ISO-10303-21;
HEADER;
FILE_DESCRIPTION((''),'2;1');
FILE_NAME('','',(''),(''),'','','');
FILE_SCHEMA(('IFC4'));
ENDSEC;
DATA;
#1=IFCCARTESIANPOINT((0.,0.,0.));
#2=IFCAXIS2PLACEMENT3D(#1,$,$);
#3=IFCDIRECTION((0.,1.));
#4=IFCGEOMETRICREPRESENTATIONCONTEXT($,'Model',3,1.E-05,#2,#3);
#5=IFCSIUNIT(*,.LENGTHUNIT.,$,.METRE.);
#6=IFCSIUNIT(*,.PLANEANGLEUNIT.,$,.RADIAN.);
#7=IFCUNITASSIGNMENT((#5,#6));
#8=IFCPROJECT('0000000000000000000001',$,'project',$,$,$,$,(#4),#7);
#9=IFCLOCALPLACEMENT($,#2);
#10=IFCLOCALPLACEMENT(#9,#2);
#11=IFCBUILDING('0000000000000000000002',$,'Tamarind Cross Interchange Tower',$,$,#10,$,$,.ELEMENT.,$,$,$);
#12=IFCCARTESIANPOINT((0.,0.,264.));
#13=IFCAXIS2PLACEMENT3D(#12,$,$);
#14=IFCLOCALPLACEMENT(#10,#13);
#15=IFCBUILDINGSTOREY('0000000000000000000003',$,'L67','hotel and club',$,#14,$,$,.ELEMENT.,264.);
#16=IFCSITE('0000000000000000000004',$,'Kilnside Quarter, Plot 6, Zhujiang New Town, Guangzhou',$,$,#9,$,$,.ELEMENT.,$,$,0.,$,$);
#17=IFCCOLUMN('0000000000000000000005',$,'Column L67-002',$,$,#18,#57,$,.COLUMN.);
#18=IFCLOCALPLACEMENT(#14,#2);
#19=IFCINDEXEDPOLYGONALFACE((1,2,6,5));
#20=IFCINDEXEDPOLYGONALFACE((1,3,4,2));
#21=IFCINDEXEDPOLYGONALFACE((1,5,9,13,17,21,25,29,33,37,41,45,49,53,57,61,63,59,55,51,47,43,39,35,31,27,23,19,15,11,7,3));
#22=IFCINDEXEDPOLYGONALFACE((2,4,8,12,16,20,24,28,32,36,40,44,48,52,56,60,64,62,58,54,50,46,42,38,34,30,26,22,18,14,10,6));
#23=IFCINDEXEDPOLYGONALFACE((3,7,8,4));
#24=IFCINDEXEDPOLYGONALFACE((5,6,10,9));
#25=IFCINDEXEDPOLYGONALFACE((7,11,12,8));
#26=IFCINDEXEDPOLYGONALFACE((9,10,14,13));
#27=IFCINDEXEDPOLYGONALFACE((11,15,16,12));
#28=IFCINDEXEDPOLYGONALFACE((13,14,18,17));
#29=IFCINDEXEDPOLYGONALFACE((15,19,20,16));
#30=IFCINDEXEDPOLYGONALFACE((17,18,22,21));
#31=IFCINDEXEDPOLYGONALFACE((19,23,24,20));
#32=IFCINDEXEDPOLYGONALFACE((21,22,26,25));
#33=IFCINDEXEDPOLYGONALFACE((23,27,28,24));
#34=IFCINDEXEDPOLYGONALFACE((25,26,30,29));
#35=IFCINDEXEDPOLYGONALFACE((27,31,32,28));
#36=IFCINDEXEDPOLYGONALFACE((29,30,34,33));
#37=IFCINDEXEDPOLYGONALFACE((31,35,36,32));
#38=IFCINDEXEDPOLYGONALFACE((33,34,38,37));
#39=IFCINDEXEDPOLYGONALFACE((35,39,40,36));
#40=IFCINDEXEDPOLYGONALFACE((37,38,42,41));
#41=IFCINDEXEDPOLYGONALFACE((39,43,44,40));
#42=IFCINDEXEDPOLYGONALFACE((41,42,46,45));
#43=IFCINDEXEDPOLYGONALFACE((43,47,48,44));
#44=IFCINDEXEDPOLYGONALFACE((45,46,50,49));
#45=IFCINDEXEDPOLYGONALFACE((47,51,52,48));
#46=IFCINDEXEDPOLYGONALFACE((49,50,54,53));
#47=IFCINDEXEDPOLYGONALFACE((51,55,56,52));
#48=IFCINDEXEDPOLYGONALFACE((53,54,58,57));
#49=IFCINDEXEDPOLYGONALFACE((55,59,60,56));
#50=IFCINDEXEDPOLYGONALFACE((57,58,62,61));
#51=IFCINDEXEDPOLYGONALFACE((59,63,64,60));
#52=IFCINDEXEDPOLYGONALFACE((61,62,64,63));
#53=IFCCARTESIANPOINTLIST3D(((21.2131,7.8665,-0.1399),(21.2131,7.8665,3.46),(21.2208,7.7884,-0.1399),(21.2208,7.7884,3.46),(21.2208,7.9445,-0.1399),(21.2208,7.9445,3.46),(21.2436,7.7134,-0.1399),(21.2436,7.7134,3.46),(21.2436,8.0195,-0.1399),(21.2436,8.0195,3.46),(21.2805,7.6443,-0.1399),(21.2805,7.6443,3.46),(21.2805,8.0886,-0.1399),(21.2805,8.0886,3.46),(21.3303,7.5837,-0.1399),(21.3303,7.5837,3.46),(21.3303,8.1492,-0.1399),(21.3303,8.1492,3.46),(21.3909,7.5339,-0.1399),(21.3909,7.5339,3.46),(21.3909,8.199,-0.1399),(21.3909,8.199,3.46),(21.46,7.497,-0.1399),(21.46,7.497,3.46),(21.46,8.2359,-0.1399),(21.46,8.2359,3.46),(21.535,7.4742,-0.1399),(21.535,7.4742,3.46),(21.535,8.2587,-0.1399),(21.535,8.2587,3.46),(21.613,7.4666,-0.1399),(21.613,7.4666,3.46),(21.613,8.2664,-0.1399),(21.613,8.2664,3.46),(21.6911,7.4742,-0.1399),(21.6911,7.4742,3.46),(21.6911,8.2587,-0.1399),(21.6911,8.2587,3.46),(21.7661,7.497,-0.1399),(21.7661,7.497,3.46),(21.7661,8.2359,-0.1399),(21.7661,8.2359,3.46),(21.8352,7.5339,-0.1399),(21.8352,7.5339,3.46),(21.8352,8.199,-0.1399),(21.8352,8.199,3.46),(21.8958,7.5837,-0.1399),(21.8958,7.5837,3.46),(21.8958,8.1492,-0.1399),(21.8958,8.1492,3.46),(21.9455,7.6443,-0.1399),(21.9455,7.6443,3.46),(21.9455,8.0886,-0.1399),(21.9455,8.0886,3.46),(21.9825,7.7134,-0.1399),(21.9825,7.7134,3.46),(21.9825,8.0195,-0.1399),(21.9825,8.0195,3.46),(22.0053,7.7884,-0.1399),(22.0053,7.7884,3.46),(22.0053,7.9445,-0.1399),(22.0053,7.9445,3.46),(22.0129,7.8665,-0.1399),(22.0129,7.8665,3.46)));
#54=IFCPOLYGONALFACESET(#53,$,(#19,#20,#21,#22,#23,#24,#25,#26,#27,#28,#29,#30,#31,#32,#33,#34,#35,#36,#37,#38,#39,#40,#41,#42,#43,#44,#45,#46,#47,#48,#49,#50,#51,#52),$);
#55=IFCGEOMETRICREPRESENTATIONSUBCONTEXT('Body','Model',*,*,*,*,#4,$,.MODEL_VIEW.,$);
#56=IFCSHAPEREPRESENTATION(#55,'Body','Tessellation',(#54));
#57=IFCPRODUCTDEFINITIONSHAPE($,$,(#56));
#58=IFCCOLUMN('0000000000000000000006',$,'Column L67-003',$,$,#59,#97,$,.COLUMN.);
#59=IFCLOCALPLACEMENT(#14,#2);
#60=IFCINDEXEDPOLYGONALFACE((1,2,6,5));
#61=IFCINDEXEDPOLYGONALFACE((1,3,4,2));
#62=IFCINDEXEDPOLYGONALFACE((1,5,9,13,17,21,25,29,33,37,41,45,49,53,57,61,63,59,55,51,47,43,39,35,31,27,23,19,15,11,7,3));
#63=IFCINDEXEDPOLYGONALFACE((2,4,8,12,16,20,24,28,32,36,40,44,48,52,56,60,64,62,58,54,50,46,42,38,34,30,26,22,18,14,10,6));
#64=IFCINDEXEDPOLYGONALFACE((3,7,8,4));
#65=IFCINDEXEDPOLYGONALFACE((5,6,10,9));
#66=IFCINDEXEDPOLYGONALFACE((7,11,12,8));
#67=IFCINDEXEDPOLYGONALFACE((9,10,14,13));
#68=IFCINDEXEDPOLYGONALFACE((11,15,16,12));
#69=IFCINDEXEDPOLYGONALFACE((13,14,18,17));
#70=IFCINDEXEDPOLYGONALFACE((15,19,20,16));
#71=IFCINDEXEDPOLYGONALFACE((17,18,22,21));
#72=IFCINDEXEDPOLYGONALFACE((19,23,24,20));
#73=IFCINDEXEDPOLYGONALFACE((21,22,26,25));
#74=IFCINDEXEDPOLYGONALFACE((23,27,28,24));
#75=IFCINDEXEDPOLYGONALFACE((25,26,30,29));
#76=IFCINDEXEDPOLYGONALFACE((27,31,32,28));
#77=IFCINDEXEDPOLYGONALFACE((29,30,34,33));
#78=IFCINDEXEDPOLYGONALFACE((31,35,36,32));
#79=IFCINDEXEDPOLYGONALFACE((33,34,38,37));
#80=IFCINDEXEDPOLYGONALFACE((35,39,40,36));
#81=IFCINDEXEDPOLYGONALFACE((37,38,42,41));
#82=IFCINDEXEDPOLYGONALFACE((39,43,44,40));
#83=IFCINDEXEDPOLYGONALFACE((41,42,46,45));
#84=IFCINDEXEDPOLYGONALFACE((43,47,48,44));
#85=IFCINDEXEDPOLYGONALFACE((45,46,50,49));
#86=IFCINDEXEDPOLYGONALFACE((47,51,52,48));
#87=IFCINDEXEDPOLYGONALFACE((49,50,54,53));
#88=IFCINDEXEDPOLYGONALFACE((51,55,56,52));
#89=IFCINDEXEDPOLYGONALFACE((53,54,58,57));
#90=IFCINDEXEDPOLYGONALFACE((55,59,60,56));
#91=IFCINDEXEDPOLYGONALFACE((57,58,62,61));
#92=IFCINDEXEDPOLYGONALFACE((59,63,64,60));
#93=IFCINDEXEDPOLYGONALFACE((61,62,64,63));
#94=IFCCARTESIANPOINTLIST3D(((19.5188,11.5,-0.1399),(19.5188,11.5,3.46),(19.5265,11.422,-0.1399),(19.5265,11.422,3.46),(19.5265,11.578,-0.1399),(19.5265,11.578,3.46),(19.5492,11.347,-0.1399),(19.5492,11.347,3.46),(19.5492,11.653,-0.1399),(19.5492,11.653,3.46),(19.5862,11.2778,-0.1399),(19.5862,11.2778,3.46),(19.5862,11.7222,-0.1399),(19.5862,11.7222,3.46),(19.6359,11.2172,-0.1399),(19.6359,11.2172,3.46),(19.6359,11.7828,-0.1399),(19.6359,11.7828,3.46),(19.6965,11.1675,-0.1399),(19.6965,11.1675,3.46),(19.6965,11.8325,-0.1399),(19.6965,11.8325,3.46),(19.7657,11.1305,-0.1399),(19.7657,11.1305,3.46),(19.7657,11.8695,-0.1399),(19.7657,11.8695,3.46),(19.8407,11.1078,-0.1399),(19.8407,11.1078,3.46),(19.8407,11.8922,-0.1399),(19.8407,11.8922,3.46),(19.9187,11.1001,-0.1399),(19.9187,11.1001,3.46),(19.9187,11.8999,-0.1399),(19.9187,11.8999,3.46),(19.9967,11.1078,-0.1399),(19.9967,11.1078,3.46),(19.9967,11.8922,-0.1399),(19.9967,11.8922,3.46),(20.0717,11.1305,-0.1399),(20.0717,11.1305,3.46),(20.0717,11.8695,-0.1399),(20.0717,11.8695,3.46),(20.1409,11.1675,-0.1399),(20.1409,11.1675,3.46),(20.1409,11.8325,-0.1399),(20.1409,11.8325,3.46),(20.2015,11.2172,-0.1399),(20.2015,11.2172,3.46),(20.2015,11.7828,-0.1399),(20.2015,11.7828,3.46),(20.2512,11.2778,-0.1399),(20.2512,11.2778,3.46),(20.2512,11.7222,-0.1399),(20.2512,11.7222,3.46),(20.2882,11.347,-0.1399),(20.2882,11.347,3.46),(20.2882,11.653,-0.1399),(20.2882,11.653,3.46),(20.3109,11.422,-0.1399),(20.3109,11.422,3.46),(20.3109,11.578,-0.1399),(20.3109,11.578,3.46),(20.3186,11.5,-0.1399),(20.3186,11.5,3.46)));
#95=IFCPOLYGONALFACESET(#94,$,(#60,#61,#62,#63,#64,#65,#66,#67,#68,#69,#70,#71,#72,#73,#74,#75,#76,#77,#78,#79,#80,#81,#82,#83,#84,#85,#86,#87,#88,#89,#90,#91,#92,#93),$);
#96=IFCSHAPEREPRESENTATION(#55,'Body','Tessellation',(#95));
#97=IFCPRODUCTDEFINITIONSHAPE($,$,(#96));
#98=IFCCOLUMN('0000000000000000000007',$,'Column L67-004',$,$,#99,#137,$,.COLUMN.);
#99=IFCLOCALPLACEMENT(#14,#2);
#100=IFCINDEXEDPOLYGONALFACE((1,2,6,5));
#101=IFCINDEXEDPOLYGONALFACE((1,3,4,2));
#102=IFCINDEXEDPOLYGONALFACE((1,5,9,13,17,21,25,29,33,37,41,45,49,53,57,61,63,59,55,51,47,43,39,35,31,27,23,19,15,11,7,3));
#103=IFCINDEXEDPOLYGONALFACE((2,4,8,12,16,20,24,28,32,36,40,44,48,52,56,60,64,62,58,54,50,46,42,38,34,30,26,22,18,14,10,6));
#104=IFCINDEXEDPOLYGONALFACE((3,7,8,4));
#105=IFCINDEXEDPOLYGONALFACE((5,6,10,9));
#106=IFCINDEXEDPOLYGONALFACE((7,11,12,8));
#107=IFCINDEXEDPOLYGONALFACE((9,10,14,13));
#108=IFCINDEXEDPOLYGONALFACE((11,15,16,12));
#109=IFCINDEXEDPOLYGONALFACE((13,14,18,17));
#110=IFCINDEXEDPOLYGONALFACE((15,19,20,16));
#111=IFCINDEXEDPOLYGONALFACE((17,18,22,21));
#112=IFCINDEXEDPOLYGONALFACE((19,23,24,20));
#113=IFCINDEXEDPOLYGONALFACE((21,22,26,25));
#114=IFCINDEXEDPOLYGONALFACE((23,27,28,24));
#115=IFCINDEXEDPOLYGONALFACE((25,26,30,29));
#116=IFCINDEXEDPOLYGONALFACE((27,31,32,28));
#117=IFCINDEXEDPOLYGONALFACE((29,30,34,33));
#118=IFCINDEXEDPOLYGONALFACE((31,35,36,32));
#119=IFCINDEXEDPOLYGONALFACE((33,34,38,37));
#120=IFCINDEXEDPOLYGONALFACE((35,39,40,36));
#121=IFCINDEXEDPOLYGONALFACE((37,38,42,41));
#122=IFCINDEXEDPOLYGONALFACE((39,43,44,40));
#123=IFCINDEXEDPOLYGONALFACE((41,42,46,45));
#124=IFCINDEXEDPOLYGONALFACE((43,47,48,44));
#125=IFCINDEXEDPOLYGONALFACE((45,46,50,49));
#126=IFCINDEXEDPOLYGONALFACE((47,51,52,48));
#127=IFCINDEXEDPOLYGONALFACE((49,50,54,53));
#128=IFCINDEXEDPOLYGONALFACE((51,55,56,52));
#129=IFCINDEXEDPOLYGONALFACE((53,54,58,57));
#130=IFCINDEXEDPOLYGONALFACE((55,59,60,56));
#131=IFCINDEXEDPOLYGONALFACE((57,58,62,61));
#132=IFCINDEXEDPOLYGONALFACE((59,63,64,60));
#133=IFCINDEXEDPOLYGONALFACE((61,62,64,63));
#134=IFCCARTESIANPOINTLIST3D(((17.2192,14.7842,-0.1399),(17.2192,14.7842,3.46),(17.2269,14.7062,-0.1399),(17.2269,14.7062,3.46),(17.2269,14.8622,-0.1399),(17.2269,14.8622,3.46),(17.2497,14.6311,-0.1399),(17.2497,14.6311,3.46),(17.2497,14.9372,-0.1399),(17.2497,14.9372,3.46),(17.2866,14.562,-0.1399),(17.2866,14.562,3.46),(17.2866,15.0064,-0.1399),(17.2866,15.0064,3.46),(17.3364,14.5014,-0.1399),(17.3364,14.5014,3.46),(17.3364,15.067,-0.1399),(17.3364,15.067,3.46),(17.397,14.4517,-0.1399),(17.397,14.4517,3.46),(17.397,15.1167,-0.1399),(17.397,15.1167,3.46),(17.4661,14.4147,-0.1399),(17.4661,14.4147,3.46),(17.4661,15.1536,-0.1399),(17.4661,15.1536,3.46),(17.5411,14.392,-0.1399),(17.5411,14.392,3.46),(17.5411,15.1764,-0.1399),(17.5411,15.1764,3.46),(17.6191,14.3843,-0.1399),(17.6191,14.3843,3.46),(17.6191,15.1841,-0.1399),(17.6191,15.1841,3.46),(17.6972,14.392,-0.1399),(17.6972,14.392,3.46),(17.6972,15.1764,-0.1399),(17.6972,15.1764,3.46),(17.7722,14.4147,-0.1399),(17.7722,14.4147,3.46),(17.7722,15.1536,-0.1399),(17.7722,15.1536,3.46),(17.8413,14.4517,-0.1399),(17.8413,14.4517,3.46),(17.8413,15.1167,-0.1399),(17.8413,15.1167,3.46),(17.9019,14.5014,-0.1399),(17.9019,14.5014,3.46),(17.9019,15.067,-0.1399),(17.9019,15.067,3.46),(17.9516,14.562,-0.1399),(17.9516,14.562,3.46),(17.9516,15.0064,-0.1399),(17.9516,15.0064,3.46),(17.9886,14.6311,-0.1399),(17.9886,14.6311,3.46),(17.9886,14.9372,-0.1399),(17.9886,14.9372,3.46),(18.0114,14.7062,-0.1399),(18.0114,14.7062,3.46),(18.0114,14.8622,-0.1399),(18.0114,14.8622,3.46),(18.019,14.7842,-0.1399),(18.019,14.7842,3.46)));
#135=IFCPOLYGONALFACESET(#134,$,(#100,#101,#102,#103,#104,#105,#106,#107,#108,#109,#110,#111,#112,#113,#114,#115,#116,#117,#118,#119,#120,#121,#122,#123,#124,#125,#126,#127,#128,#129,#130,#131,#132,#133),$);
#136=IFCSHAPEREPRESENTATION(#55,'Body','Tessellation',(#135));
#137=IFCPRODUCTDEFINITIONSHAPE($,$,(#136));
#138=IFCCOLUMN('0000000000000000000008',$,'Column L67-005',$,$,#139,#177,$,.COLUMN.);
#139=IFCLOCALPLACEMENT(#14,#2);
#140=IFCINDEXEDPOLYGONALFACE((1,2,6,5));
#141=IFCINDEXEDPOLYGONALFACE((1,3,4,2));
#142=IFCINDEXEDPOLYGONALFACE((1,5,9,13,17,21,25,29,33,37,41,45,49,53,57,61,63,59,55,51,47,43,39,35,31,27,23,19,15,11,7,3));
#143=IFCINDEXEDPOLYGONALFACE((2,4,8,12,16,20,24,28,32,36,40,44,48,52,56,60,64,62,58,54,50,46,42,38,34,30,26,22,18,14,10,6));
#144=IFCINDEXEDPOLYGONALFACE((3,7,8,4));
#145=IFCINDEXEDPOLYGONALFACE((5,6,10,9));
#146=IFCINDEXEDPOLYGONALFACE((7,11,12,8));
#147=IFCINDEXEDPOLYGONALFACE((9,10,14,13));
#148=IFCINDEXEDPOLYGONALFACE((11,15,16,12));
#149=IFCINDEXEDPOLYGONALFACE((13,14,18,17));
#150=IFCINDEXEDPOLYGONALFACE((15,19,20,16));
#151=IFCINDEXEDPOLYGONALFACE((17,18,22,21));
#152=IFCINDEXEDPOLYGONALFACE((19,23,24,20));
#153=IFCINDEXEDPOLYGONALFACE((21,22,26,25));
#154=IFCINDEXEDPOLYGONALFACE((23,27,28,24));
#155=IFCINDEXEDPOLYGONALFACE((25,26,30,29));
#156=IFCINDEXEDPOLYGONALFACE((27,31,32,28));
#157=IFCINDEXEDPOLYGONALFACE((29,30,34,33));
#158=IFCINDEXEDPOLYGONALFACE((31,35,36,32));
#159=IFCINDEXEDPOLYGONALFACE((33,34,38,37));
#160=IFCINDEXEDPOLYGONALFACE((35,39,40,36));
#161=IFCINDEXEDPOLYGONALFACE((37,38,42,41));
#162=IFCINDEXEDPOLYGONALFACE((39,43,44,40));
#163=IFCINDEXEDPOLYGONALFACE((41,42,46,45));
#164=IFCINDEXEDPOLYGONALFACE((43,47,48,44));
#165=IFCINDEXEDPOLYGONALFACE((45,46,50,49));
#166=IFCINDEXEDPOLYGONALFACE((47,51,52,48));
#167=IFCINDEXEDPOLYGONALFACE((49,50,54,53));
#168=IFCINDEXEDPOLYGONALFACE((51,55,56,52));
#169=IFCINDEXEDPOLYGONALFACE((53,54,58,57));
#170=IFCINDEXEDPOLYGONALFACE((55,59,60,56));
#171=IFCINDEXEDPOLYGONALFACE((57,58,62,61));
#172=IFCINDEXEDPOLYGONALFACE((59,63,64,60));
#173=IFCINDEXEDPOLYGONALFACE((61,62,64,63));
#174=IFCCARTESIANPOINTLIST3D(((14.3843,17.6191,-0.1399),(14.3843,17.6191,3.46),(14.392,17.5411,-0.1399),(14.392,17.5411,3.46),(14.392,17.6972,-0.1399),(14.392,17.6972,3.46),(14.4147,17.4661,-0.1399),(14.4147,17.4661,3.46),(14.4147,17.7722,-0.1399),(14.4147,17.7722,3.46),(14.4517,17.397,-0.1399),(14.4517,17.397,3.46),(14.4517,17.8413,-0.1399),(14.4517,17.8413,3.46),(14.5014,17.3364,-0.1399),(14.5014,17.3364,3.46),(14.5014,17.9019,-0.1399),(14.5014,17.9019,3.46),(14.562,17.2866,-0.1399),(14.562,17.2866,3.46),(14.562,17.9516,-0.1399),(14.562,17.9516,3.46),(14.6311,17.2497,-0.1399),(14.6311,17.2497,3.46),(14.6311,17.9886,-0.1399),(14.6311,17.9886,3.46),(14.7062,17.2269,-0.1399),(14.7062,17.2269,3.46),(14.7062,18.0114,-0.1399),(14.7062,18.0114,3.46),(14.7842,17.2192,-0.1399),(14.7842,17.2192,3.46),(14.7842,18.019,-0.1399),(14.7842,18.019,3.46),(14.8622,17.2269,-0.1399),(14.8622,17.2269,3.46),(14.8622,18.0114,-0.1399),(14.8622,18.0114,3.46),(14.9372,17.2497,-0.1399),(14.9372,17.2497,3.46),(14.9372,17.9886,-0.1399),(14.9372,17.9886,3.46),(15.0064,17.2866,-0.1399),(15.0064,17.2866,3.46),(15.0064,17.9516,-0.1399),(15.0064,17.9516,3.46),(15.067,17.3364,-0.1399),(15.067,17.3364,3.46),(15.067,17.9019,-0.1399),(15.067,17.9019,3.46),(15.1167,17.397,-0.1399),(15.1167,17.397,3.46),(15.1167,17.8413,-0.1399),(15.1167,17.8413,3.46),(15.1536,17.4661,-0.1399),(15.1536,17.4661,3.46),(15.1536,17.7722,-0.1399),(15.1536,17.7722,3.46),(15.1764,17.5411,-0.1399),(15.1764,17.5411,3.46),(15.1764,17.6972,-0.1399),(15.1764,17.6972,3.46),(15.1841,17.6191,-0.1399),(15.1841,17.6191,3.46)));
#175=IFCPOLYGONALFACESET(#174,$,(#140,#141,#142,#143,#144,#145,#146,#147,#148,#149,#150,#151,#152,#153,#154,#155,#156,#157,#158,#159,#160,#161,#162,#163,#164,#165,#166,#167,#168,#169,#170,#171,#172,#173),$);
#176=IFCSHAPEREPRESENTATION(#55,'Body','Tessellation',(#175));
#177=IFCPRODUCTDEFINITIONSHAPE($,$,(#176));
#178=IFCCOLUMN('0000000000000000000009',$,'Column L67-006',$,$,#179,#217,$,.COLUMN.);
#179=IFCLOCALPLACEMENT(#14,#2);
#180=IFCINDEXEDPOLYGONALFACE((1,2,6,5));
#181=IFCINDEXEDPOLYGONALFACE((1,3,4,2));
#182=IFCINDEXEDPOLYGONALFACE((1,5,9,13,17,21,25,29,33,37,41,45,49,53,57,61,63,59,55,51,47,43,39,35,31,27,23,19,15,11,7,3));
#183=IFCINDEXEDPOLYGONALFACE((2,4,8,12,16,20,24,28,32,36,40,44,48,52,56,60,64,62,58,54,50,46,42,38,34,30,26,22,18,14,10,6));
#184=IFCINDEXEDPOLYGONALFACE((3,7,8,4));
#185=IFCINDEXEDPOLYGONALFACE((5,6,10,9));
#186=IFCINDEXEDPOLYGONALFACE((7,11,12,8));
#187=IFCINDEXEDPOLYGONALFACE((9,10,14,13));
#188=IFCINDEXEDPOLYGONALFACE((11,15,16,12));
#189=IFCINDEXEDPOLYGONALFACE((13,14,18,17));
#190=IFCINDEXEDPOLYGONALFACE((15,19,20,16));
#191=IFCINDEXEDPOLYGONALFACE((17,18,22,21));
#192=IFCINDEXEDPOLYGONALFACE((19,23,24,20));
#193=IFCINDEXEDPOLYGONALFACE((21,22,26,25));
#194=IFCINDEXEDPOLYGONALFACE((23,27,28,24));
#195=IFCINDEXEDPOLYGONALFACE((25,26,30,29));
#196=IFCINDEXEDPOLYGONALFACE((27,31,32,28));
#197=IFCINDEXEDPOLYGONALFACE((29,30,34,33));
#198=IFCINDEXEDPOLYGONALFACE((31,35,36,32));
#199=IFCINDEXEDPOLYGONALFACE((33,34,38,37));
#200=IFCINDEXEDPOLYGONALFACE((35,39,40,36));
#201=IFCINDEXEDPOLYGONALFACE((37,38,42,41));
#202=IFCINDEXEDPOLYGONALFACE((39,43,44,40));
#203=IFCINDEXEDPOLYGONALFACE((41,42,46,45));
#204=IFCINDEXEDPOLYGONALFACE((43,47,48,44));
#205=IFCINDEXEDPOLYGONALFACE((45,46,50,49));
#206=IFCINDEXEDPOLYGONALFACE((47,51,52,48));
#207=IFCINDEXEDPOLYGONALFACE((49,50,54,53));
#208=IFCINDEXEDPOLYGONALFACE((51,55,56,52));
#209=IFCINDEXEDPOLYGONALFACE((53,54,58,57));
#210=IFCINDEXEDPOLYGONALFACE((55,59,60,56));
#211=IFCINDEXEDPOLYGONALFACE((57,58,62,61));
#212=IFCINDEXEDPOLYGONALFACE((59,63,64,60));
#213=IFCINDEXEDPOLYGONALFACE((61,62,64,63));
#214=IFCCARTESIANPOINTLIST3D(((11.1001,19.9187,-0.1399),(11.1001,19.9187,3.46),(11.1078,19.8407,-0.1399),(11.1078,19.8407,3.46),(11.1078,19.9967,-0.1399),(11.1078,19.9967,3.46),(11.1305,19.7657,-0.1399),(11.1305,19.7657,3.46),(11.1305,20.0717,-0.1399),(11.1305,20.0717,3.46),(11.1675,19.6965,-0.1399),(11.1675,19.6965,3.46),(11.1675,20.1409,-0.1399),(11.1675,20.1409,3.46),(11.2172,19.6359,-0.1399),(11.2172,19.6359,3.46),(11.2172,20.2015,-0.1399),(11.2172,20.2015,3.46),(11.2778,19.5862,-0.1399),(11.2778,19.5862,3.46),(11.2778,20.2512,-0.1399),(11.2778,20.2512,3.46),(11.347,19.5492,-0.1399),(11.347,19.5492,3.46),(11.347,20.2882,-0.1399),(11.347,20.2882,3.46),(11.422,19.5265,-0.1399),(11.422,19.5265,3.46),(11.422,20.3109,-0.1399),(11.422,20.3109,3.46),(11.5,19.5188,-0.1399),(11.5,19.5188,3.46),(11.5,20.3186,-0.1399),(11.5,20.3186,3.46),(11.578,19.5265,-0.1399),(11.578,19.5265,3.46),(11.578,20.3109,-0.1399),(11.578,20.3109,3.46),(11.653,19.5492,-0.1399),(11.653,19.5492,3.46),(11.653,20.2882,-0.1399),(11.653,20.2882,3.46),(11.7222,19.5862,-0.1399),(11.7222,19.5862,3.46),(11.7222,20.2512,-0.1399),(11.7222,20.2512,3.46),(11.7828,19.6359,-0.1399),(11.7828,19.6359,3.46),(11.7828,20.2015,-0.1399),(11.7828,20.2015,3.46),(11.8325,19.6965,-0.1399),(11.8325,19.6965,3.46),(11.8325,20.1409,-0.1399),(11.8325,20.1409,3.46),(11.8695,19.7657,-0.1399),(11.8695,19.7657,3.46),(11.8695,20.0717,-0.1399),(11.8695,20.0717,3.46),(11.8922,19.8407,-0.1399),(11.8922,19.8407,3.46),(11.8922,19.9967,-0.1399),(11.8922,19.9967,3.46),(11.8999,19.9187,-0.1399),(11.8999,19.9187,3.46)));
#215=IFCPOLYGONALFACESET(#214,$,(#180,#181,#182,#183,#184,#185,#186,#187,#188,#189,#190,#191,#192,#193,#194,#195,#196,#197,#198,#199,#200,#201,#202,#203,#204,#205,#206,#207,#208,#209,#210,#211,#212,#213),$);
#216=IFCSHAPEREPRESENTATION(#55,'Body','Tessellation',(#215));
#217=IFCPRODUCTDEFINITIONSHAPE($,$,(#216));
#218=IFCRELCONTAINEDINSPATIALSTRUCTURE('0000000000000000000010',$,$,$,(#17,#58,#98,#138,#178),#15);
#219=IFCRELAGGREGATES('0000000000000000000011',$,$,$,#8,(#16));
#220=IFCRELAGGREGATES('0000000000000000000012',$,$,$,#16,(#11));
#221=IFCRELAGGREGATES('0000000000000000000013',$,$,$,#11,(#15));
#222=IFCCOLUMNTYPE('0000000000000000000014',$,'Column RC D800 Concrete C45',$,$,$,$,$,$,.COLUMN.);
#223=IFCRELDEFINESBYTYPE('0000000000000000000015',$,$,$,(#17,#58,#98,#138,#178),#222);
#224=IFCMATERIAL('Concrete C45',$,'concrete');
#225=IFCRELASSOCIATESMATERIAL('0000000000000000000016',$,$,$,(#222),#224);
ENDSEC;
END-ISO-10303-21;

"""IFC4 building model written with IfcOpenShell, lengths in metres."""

from ifc_helpers import new_model, si_unit, direction, frame, origin, origin_2d, place, context, subcontext, project, spatial, circle, extrude, material, material_profile, profile_set, type_object, element, save


model = new_model("IFC4")

# Units and contexts
model_context = context("Model", 3, precision=1e-05, world=origin(), true_north=direction((0.0, 1.0)))
body_context = subcontext(model_context, "Body", "Model", "MODEL_VIEW")
ifc_project = project(units=[si_unit("LENGTHUNIT", "METRE"), si_unit("PLANEANGLEUNIT", "RADIAN")], contexts=[model_context])

# Site, building, storey
site_placement = place(None, origin())
site = spatial("IfcSite", under=ifc_project, at=site_placement, Name="Kilnside Quarter, Plot 6, Zhujiang New Town, Guangzhou", CompositionType="ELEMENT", RefElevation=0.0)
building_placement = place(site_placement, origin())
building = spatial("IfcBuilding", under=site, at=building_placement, Name="Tamarind Cross Interchange Tower", CompositionType="ELEMENT")
storey_placement = place(building_placement, frame((0.0, 0.0, 264.0)))
storey = spatial("IfcBuildingStorey", under=building, at=storey_placement, Name="L67", Description="hotel and club", CompositionType="ELEMENT", Elevation=264.0)

# Columns
ifc_material_1 = material(Name="Concrete C45", Category="concrete")
ifc_material_profile_1 = material_profile(ifc_material_1, circle(Radius=0.3999, at=origin_2d()), Name="RC D800")
ifc_profile_set_1 = profile_set([ifc_material_profile_1], Name="Concrete C45")
column_type = type_object("IfcColumnType", Name="Column RC D800 Concrete C45", PredefinedType="COLUMN", material=ifc_profile_set_1)
for number, where, z_axis, x_axis, name in (
    (1, (21.613, 7.8665, -0.1399), (0.0, 0.0, 1.0), (1.0, 0.0, 0.0), "Column L67-002"),
    (2, (19.9187, 11.5, -0.1399), (0.0, 0.0, 1.0), (1.0, 0.0, 0.0), "Column L67-003"),
    (3, (17.6191, 14.7842, -0.1399), (0.0, 0.0, 1.0), (1.0, 0.0, 0.0), "Column L67-004"),
    (4, (14.7842, 17.6191, -0.1399), (0.0, 0.0, 1.0), (1.0, 0.0, 0.0), "Column L67-005"),
    (5, (11.5, 19.9187, -0.1399), (0.0, 0.0, 1.0), (1.0, 0.0, 0.0), "Column L67-006"),
):
    element("IfcColumn", number, at=place(storey_placement, frame(where, z_axis=z_axis, x_axis=x_axis)), inside=storey, type_object=column_type, Name=name, PredefinedType="COLUMN", context=body_context, shape_type="SweptSolid", body=[
        extrude(circle(Radius=0.3999, at=origin_2d()), origin(), (0.0, 0.0, 1.0), 3.5999),
    ])

save(model, "model.ifc")
